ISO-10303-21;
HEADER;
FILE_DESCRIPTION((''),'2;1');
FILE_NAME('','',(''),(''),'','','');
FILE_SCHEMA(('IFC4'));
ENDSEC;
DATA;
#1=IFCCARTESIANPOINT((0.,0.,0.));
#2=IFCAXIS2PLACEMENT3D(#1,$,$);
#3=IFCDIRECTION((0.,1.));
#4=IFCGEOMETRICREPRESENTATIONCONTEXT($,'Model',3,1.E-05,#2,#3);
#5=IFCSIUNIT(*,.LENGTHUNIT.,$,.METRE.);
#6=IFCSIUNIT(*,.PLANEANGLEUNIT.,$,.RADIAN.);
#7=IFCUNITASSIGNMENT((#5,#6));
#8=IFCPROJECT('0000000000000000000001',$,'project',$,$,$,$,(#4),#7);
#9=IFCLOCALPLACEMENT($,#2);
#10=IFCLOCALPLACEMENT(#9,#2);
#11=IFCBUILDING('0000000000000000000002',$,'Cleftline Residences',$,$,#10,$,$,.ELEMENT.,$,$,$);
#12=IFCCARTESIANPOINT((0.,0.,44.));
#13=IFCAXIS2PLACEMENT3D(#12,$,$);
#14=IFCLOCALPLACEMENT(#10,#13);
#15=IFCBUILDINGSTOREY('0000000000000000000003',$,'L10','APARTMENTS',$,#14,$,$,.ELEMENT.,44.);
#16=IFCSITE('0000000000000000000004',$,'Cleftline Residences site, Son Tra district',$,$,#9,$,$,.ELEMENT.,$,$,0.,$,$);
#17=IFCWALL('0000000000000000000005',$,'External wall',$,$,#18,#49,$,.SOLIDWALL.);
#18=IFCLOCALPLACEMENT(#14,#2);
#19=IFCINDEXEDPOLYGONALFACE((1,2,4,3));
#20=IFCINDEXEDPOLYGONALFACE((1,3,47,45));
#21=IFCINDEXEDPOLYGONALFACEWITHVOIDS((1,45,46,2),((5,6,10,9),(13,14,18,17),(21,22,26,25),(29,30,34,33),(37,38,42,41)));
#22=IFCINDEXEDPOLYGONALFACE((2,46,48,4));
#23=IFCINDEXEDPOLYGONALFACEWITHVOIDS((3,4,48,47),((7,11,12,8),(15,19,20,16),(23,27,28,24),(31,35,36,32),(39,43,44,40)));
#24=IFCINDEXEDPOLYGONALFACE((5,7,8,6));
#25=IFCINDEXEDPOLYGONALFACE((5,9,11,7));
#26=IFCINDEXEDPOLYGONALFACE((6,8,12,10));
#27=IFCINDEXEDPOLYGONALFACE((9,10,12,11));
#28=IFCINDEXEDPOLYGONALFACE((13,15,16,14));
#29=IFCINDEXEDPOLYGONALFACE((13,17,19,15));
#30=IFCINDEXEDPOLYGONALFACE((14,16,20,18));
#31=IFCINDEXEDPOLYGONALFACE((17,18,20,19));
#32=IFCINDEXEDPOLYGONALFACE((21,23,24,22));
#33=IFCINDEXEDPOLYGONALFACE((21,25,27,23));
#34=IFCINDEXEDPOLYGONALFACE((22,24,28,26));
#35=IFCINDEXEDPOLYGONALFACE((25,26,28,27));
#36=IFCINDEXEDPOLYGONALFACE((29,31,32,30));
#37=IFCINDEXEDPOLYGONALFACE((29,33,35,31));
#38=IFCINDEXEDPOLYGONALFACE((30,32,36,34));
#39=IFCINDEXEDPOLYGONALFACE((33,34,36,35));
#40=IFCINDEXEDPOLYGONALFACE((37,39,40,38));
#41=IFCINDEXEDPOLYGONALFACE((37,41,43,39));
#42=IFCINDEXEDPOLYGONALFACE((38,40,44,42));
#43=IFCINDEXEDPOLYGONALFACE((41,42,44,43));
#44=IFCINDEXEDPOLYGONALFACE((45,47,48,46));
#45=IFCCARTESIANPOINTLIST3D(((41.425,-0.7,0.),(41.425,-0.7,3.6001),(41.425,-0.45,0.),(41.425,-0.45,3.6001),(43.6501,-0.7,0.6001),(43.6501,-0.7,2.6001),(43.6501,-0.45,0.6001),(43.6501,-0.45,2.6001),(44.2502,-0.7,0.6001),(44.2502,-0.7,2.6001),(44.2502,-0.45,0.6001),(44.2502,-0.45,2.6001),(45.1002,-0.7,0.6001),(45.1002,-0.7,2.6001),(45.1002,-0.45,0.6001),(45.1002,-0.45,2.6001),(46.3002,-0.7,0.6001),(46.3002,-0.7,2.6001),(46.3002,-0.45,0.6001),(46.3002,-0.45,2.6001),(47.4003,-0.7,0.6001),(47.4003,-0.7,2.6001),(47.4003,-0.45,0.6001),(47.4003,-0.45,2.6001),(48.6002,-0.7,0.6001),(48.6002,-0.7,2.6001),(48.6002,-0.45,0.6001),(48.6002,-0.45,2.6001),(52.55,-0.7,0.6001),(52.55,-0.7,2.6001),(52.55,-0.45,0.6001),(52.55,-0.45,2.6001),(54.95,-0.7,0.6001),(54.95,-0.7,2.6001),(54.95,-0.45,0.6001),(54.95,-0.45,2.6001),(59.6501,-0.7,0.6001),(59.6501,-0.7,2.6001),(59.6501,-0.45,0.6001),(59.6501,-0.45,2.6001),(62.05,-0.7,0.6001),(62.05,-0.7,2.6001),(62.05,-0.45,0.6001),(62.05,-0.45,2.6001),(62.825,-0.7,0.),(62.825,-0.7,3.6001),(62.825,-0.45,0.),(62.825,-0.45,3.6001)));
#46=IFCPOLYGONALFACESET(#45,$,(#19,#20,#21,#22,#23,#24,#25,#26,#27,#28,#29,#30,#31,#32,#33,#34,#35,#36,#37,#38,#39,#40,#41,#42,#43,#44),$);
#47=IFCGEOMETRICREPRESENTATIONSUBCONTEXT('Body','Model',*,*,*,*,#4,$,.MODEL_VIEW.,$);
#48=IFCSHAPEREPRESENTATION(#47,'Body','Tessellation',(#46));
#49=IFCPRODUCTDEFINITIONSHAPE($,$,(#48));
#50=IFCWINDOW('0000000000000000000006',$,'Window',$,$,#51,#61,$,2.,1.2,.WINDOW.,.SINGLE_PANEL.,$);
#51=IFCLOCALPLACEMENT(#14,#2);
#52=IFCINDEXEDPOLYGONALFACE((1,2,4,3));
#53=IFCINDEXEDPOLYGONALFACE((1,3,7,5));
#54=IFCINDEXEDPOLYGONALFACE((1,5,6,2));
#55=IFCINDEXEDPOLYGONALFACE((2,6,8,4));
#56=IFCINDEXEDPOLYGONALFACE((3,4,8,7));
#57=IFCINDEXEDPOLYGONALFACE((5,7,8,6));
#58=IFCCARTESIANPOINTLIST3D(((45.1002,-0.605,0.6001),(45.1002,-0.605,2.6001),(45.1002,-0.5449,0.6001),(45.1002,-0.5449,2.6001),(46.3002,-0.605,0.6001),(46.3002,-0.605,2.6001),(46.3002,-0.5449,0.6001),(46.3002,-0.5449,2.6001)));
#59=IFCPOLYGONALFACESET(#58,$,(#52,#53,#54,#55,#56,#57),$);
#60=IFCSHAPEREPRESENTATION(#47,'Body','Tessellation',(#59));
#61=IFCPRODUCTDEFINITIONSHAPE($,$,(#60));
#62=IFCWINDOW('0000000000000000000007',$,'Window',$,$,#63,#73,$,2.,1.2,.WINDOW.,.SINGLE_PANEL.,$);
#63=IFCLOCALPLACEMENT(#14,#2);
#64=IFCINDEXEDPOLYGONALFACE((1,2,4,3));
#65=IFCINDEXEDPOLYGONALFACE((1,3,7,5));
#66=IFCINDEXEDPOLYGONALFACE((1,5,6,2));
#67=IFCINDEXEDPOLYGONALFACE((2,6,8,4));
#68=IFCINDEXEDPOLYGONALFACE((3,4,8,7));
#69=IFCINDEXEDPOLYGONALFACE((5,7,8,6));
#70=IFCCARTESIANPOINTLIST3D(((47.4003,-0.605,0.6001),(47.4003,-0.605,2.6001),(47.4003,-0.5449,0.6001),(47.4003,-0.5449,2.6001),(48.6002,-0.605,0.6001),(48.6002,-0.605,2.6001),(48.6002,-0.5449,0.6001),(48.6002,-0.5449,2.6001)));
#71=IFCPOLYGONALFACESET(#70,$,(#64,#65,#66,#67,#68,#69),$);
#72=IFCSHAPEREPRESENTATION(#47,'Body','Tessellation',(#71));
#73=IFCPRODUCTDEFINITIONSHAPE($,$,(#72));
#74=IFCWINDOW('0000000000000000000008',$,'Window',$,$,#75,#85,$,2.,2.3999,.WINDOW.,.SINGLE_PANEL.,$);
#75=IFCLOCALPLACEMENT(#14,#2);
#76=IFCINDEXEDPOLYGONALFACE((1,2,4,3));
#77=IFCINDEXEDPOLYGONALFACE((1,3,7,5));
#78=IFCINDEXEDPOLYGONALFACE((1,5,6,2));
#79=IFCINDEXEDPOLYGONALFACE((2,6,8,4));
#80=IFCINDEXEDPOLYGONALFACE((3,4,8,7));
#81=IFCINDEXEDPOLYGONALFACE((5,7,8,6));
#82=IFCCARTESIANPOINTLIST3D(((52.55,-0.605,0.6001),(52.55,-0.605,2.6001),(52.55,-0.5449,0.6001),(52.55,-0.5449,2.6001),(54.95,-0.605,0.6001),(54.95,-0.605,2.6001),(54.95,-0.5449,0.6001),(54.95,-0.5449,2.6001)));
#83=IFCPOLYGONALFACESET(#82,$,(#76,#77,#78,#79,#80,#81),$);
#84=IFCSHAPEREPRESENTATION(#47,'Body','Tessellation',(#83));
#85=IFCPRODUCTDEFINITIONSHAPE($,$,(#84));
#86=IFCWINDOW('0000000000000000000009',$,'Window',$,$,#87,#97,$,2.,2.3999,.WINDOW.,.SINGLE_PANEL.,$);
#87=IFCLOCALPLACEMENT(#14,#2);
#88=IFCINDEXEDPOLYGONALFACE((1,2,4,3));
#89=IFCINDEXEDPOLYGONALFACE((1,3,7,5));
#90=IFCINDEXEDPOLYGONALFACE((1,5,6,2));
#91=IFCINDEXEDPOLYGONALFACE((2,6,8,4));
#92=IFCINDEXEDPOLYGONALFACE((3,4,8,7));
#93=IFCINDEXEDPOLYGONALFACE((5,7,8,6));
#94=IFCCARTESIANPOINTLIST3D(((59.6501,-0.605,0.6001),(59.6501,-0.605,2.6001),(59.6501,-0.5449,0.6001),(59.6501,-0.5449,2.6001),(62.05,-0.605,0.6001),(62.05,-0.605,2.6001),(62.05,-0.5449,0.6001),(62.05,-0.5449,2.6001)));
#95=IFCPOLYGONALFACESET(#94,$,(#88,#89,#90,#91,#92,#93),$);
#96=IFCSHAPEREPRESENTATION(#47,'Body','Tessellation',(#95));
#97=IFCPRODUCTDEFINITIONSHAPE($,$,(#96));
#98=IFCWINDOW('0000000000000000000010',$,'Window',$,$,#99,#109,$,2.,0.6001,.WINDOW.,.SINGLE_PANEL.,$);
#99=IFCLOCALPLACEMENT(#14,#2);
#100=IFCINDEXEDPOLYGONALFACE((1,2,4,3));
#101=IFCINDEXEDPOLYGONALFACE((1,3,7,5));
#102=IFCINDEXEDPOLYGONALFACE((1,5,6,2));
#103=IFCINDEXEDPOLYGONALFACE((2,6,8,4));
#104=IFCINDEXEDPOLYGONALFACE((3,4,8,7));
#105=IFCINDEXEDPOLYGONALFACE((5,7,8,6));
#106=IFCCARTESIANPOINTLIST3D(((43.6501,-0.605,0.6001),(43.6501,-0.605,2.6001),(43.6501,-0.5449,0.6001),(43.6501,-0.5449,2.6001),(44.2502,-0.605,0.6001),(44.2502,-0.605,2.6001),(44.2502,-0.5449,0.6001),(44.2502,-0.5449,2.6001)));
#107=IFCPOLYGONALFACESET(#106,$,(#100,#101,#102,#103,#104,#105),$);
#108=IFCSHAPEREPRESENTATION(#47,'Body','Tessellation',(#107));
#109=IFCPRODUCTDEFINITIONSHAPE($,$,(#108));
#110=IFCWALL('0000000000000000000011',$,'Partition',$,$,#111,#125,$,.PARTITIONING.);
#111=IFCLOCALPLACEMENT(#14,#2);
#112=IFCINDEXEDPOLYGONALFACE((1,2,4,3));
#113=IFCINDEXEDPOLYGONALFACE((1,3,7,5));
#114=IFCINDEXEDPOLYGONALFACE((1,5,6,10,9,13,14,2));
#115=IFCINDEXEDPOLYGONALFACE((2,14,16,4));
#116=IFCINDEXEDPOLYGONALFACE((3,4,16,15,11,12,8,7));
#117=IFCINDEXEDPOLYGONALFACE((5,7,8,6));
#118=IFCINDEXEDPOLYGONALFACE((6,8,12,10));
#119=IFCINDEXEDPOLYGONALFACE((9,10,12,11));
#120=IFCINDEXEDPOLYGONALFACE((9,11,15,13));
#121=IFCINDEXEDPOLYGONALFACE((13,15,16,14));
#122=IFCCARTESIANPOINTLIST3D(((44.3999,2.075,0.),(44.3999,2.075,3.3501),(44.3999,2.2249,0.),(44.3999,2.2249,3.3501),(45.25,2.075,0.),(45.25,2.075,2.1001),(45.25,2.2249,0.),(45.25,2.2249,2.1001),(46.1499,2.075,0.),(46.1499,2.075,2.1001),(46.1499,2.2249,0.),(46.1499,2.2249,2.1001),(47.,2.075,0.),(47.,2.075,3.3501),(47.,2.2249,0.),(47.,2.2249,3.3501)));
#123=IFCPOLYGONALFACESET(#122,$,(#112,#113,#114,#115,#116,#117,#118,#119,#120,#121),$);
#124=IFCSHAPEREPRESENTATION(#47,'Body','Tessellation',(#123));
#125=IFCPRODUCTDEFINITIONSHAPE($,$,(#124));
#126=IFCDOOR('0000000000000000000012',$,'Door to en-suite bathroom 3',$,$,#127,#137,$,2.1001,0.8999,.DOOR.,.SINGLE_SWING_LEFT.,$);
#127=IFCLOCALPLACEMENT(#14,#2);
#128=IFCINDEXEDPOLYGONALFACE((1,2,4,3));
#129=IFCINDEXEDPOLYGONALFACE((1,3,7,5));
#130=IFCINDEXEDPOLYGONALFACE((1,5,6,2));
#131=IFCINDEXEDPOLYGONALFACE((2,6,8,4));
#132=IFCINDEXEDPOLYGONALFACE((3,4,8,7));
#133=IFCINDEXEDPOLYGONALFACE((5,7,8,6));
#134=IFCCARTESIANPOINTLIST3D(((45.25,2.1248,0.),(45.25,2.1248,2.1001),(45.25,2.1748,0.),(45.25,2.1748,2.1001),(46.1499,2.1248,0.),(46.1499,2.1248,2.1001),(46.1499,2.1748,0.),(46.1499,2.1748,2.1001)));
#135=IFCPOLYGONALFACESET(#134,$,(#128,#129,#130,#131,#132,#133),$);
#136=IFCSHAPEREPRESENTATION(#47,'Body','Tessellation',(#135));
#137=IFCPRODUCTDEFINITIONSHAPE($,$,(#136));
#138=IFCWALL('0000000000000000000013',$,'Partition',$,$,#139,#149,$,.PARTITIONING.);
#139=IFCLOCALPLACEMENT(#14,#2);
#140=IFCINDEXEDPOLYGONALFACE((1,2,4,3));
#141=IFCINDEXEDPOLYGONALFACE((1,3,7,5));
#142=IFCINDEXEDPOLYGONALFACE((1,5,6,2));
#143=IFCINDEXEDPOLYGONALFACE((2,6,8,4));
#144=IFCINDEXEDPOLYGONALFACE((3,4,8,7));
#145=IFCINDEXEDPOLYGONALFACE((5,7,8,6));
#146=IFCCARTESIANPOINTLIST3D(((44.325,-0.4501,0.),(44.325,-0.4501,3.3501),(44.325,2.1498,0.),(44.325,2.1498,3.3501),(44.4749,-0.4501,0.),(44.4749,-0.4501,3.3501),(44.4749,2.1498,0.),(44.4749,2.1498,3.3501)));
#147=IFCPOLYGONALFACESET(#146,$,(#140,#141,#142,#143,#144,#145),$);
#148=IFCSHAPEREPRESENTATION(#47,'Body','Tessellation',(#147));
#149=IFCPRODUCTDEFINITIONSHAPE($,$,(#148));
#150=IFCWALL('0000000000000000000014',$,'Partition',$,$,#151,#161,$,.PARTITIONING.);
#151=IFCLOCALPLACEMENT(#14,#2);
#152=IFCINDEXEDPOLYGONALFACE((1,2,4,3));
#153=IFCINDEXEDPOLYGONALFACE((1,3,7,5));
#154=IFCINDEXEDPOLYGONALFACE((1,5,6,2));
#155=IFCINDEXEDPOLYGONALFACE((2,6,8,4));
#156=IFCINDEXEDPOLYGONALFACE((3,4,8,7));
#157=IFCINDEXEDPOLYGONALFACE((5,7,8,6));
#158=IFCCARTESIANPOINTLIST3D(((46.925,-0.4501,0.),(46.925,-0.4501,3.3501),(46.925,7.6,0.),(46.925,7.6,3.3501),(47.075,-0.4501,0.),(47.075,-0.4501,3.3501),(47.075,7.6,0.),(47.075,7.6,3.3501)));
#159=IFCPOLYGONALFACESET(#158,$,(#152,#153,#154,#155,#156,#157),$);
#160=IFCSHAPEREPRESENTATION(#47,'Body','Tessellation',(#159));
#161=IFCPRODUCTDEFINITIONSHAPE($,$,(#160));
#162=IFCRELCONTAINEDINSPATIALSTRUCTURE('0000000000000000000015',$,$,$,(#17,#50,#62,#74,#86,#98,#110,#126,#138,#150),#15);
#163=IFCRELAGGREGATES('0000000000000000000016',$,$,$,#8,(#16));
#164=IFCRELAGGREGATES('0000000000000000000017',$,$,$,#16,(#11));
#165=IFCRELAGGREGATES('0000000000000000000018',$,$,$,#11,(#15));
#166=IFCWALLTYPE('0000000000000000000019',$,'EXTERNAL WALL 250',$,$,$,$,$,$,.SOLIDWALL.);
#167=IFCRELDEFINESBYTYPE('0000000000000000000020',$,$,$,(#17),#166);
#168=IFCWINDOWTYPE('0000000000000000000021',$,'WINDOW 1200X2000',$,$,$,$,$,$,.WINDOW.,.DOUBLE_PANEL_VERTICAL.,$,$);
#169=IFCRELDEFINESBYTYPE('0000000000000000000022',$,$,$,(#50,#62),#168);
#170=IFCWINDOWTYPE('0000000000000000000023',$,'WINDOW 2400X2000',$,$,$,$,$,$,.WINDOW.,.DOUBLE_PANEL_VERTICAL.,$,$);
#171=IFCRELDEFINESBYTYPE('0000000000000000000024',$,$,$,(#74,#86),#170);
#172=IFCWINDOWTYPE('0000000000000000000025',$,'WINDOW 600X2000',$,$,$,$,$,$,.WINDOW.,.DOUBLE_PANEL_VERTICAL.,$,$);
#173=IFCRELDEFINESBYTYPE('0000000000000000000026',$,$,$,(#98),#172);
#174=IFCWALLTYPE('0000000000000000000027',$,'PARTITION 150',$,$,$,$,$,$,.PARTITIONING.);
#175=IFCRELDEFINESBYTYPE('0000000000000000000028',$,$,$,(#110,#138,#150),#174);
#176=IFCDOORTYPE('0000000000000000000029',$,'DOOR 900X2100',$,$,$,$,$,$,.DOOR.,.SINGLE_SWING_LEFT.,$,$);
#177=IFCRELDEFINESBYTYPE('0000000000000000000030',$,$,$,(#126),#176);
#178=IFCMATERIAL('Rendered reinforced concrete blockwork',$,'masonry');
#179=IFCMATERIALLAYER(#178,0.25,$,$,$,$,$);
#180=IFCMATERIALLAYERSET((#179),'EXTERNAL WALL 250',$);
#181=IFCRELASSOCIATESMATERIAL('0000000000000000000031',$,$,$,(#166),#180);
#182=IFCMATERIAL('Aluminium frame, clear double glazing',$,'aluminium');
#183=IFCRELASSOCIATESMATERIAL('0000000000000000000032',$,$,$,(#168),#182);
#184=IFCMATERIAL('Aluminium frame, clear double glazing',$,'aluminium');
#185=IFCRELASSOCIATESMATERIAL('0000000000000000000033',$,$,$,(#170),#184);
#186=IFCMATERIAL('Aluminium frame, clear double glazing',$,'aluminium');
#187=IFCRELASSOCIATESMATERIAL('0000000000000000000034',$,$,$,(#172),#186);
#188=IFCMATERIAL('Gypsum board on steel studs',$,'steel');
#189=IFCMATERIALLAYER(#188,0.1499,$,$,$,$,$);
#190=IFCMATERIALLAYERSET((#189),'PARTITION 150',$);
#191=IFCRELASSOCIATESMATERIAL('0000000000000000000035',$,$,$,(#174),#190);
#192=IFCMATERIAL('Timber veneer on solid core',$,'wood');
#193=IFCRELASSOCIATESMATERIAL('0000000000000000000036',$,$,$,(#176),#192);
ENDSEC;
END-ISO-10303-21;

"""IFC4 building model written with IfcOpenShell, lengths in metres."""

from ifc_helpers import new_model, si_unit, direction, frame, frame_2d, origin, place, context, subcontext, project, spatial, rectangle, extrude, material, layer, layer_set, type_object, element, fill, save


model = new_model("IFC4")

# Units and contexts
model_context = context("Model", 3, precision=1e-05, world=origin(), true_north=direction((0.0, 1.0)))
body_context = subcontext(model_context, "Body", "Model", "MODEL_VIEW")
ifc_project = project(units=[si_unit("LENGTHUNIT", "METRE"), si_unit("PLANEANGLEUNIT", "RADIAN")], contexts=[model_context])

# Site, building, storey
site_placement = place(None, origin())
site = spatial("IfcSite", under=ifc_project, at=site_placement, Name="Cleftline Residences site, Son Tra district", CompositionType="ELEMENT", RefElevation=0.0)
building_placement = place(site_placement, origin())
building = spatial("IfcBuilding", under=site, at=building_placement, Name="Cleftline Residences", CompositionType="ELEMENT")
storey_placement = place(building_placement, frame((0.0, 0.0, 44.0)))
storey = spatial("IfcBuildingStorey", under=building, at=storey_placement, Name="L10", Description="APARTMENTS", CompositionType="ELEMENT", Elevation=44.0)

# Wall, openings, windows
ifc_material_1 = material(Name="Rendered reinforced concrete blockwork", Category="masonry")
ifc_layer_1 = layer(ifc_material_1, 0.25)
ifc_layer_set_1 = layer_set([ifc_layer_1], Name="EXTERNAL WALL 250")
wall_type_1 = type_object("IfcWallType", Name="EXTERNAL WALL 250", PredefinedType="SOLIDWALL", material=ifc_layer_set_1)
wall_1_placement = place(storey_placement, frame((41.425, -0.575, 0.0), z_axis=(0.0, 0.0, 1.0), x_axis=(1.0, 0.0, 0.0)))
wall_1 = element("IfcWall", 1, at=wall_1_placement, inside=storey, type_object=wall_type_1, Name="External wall", PredefinedType="SOLIDWALL", context=body_context, shape_type="SweptSolid", body=[
    extrude(rectangle(XDim=21.3999, YDim=0.25, at=frame_2d((10.7, 0.0))), origin(), (0.0, 0.0, 1.0), 3.6001),
])
opening_1_placement = place(wall_1_placement, frame((2.2251, 0.0, 0.6001)))
opening_1 = element("IfcOpeningElement", 2, at=opening_1_placement, cuts=wall_1, PredefinedType="OPENING", context=body_context, shape_type="SweptSolid", body=[
    extrude(rectangle(XDim=0.6001, YDim=2.0, at=frame_2d((0.3, 1.0))), frame((0.0, 0.135, 0.0), z_axis=(0.0, -1.0, 0.0), x_axis=(1.0, 0.0, 0.0)), (0.0, 0.0, 1.0), 0.27),
])
opening_2_placement = place(wall_1_placement, frame((3.675, 0.0, 0.6001)))
opening_2 = element("IfcOpeningElement", 3, at=opening_2_placement, cuts=wall_1, PredefinedType="OPENING", context=body_context, shape_type="SweptSolid", body=[
    extrude(rectangle(XDim=1.2, YDim=2.0, at=frame_2d((0.6001, 1.0))), frame((0.0, 0.135, 0.0), z_axis=(0.0, -1.0, 0.0), x_axis=(1.0, 0.0, 0.0)), (0.0, 0.0, 1.0), 0.27),
])
opening_3_placement = place(wall_1_placement, frame((5.9751, 0.0, 0.6001)))
opening_3 = element("IfcOpeningElement", 4, at=opening_3_placement, cuts=wall_1, PredefinedType="OPENING", context=body_context, shape_type="SweptSolid", body=[
    extrude(rectangle(XDim=1.2, YDim=2.0, at=frame_2d((0.6001, 1.0))), frame((0.0, 0.135, 0.0), z_axis=(0.0, -1.0, 0.0), x_axis=(1.0, 0.0, 0.0)), (0.0, 0.0, 1.0), 0.27),
])
opening_4_placement = place(wall_1_placement, frame((11.125, 0.0, 0.6001)))
opening_4 = element("IfcOpeningElement", 5, at=opening_4_placement, cuts=wall_1, PredefinedType="OPENING", context=body_context, shape_type="SweptSolid", body=[
    extrude(rectangle(XDim=2.3999, YDim=2.0, at=frame_2d((1.2, 1.0))), frame((0.0, 0.135, 0.0), z_axis=(0.0, -1.0, 0.0), x_axis=(1.0, 0.0, 0.0)), (0.0, 0.0, 1.0), 0.27),
])
opening_5_placement = place(wall_1_placement, frame((18.2251, 0.0, 0.6001)))
opening_5 = element("IfcOpeningElement", 6, at=opening_5_placement, cuts=wall_1, PredefinedType="OPENING", context=body_context, shape_type="SweptSolid", body=[
    extrude(rectangle(XDim=2.3999, YDim=2.0, at=frame_2d((1.2, 1.0))), frame((0.0, 0.135, 0.0), z_axis=(0.0, -1.0, 0.0), x_axis=(1.0, 0.0, 0.0)), (0.0, 0.0, 1.0), 0.27),
])
ifc_material_2 = material(Name="Aluminium frame, clear double glazing", Category="aluminium")
window_type_1 = type_object("IfcWindowType", Name="WINDOW 1200X2000", PartitioningType="DOUBLE_PANEL_VERTICAL", PredefinedType="WINDOW", material=ifc_material_2)
window_1_placement = place(opening_2_placement, origin())
window_1 = element("IfcWindow", 7, at=window_1_placement, inside=storey, type_object=window_type_1, Name="Window", OverallHeight=2.0, OverallWidth=1.2, PartitioningType="SINGLE_PANEL", PredefinedType="WINDOW", context=body_context, shape_type="SweptSolid", body=[
    extrude(rectangle(XDim=1.2, YDim=2.0, at=frame_2d((0.6001, 1.0))), frame((0.0, 0.03, 0.0), z_axis=(0.0, -1.0, 0.0), x_axis=(1.0, 0.0, 0.0)), (0.0, 0.0, 1.0), 0.0601),
])
fill(opening_2, window_1)
window_2_placement = place(opening_3_placement, origin())
window_2 = element("IfcWindow", 8, at=window_2_placement, inside=storey, type_object=window_type_1, Name="Window", OverallHeight=2.0, OverallWidth=1.2, PartitioningType="SINGLE_PANEL", PredefinedType="WINDOW", context=body_context, shape_type="SweptSolid", body=[
    extrude(rectangle(XDim=1.2, YDim=2.0, at=frame_2d((0.6001, 1.0))), frame((0.0, 0.03, 0.0), z_axis=(0.0, -1.0, 0.0), x_axis=(1.0, 0.0, 0.0)), (0.0, 0.0, 1.0), 0.0601),
])
fill(opening_3, window_2)
ifc_material_3 = material(Name="Aluminium frame, clear double glazing", Category="aluminium")
window_type_2 = type_object("IfcWindowType", Name="WINDOW 2400X2000", PartitioningType="DOUBLE_PANEL_VERTICAL", PredefinedType="WINDOW", material=ifc_material_3)
window_3_placement = place(opening_4_placement, origin())
window_3 = element("IfcWindow", 9, at=window_3_placement, inside=storey, type_object=window_type_2, Name="Window", OverallHeight=2.0, OverallWidth=2.3999, PartitioningType="SINGLE_PANEL", PredefinedType="WINDOW", context=body_context, shape_type="SweptSolid", body=[
    extrude(rectangle(XDim=2.3999, YDim=2.0, at=frame_2d((1.2, 1.0))), frame((0.0, 0.03, 0.0), z_axis=(0.0, -1.0, 0.0), x_axis=(1.0, 0.0, 0.0)), (0.0, 0.0, 1.0), 0.0601),
])
fill(opening_4, window_3)
window_4_placement = place(opening_5_placement, origin())
window_4 = element("IfcWindow", 10, at=window_4_placement, inside=storey, type_object=window_type_2, Name="Window", OverallHeight=2.0, OverallWidth=2.3999, PartitioningType="SINGLE_PANEL", PredefinedType="WINDOW", context=body_context, shape_type="SweptSolid", body=[
    extrude(rectangle(XDim=2.3999, YDim=2.0, at=frame_2d((1.2, 1.0))), frame((0.0, 0.03, 0.0), z_axis=(0.0, -1.0, 0.0), x_axis=(1.0, 0.0, 0.0)), (0.0, 0.0, 1.0), 0.0601),
])
fill(opening_5, window_4)
ifc_material_4 = material(Name="Aluminium frame, clear double glazing", Category="aluminium")
window_type_3 = type_object("IfcWindowType", Name="WINDOW 600X2000", PartitioningType="DOUBLE_PANEL_VERTICAL", PredefinedType="WINDOW", material=ifc_material_4)
window_5_placement = place(opening_1_placement, origin())
window_5 = element("IfcWindow", 11, at=window_5_placement, inside=storey, type_object=window_type_3, Name="Window", OverallHeight=2.0, OverallWidth=0.6001, PartitioningType="SINGLE_PANEL", PredefinedType="WINDOW", context=body_context, shape_type="SweptSolid", body=[
    extrude(rectangle(XDim=0.6001, YDim=2.0, at=frame_2d((0.3, 1.0))), frame((0.0, 0.03, 0.0), z_axis=(0.0, -1.0, 0.0), x_axis=(1.0, 0.0, 0.0)), (0.0, 0.0, 1.0), 0.0601),
])
fill(opening_1, window_5)

# Wall, opening, door
ifc_material_5 = material(Name="Gypsum board on steel studs", Category="steel")
ifc_layer_2 = layer(ifc_material_5, 0.1499)
ifc_layer_set_2 = layer_set([ifc_layer_2], Name="PARTITION 150")
wall_type_2 = type_object("IfcWallType", Name="PARTITION 150", PredefinedType="PARTITIONING", material=ifc_layer_set_2)
wall_2_placement = place(storey_placement, frame((44.3999, 2.1499, 0.0), z_axis=(0.0, 0.0, 1.0), x_axis=(1.0, 0.0, 0.0)))
wall_2 = element("IfcWall", 12, at=wall_2_placement, inside=storey, type_object=wall_type_2, Name="Partition", PredefinedType="PARTITIONING", context=body_context, shape_type="SweptSolid", body=[
    extrude(rectangle(XDim=2.6001, YDim=0.1499, at=frame_2d((1.3, 0.0))), origin(), (0.0, 0.0, 1.0), 3.3501),
])
opening_6_placement = place(wall_2_placement, frame((0.8501, 0.0, 0.0)))
opening_6 = element("IfcOpeningElement", 13, at=opening_6_placement, cuts=wall_2, PredefinedType="OPENING", context=body_context, shape_type="SweptSolid", body=[
    extrude(rectangle(XDim=0.8999, YDim=2.1001, at=frame_2d((0.45, 1.05))), frame((0.0, 0.085, 0.0), z_axis=(0.0, -1.0, 0.0), x_axis=(1.0, 0.0, 0.0)), (0.0, 0.0, 1.0), 0.1699),
])
ifc_material_6 = material(Name="Timber veneer on solid core", Category="wood")
door_type = type_object("IfcDoorType", Name="DOOR 900X2100", OperationType="SINGLE_SWING_LEFT", PredefinedType="DOOR", material=ifc_material_6)
door_placement = place(opening_6_placement, origin())
door = element("IfcDoor", 14, at=door_placement, inside=storey, type_object=door_type, Name="Door to en-suite bathroom 3", OperationType="SINGLE_SWING_LEFT", OverallHeight=2.1001, OverallWidth=0.8999, PredefinedType="DOOR", context=body_context, shape_type="SweptSolid", body=[
    extrude(rectangle(XDim=0.8999, YDim=2.1001, at=frame_2d((0.45, 1.05))), frame((0.0, 0.0249, 0.0), z_axis=(0.0, -1.0, 0.0), x_axis=(1.0, 0.0, 0.0)), (0.0, 0.0, 1.0), 0.05),
])
fill(opening_6, door)

# Walls
wall_3_placement = place(storey_placement, frame((44.3999, -0.45, 0.0), z_axis=(0.0, 0.0, 1.0), x_axis=(0.0, 1.0, 0.0)))
element("IfcWall", 15, at=wall_3_placement, inside=storey, type_object=wall_type_2, Name="Partition", PredefinedType="PARTITIONING", context=body_context, shape_type="SweptSolid", body=[
    extrude(rectangle(XDim=2.5999, YDim=0.1499, at=frame_2d((1.2998, 0.0))), origin(), (0.0, 0.0, 1.0), 3.3501),
])
wall_4_placement = place(storey_placement, frame((47.0, -0.45, 0.0), z_axis=(0.0, 0.0, 1.0), x_axis=(0.0, 1.0, 0.0)))
element("IfcWall", 16, at=wall_4_placement, inside=storey, type_object=wall_type_2, Name="Partition", PredefinedType="PARTITIONING", context=body_context, shape_type="SweptSolid", body=[
    extrude(rectangle(XDim=8.05, YDim=0.1499, at=frame_2d((4.0249, 0.0))), origin(), (0.0, 0.0, 1.0), 3.3501),
])

save(model, "model.ifc")
